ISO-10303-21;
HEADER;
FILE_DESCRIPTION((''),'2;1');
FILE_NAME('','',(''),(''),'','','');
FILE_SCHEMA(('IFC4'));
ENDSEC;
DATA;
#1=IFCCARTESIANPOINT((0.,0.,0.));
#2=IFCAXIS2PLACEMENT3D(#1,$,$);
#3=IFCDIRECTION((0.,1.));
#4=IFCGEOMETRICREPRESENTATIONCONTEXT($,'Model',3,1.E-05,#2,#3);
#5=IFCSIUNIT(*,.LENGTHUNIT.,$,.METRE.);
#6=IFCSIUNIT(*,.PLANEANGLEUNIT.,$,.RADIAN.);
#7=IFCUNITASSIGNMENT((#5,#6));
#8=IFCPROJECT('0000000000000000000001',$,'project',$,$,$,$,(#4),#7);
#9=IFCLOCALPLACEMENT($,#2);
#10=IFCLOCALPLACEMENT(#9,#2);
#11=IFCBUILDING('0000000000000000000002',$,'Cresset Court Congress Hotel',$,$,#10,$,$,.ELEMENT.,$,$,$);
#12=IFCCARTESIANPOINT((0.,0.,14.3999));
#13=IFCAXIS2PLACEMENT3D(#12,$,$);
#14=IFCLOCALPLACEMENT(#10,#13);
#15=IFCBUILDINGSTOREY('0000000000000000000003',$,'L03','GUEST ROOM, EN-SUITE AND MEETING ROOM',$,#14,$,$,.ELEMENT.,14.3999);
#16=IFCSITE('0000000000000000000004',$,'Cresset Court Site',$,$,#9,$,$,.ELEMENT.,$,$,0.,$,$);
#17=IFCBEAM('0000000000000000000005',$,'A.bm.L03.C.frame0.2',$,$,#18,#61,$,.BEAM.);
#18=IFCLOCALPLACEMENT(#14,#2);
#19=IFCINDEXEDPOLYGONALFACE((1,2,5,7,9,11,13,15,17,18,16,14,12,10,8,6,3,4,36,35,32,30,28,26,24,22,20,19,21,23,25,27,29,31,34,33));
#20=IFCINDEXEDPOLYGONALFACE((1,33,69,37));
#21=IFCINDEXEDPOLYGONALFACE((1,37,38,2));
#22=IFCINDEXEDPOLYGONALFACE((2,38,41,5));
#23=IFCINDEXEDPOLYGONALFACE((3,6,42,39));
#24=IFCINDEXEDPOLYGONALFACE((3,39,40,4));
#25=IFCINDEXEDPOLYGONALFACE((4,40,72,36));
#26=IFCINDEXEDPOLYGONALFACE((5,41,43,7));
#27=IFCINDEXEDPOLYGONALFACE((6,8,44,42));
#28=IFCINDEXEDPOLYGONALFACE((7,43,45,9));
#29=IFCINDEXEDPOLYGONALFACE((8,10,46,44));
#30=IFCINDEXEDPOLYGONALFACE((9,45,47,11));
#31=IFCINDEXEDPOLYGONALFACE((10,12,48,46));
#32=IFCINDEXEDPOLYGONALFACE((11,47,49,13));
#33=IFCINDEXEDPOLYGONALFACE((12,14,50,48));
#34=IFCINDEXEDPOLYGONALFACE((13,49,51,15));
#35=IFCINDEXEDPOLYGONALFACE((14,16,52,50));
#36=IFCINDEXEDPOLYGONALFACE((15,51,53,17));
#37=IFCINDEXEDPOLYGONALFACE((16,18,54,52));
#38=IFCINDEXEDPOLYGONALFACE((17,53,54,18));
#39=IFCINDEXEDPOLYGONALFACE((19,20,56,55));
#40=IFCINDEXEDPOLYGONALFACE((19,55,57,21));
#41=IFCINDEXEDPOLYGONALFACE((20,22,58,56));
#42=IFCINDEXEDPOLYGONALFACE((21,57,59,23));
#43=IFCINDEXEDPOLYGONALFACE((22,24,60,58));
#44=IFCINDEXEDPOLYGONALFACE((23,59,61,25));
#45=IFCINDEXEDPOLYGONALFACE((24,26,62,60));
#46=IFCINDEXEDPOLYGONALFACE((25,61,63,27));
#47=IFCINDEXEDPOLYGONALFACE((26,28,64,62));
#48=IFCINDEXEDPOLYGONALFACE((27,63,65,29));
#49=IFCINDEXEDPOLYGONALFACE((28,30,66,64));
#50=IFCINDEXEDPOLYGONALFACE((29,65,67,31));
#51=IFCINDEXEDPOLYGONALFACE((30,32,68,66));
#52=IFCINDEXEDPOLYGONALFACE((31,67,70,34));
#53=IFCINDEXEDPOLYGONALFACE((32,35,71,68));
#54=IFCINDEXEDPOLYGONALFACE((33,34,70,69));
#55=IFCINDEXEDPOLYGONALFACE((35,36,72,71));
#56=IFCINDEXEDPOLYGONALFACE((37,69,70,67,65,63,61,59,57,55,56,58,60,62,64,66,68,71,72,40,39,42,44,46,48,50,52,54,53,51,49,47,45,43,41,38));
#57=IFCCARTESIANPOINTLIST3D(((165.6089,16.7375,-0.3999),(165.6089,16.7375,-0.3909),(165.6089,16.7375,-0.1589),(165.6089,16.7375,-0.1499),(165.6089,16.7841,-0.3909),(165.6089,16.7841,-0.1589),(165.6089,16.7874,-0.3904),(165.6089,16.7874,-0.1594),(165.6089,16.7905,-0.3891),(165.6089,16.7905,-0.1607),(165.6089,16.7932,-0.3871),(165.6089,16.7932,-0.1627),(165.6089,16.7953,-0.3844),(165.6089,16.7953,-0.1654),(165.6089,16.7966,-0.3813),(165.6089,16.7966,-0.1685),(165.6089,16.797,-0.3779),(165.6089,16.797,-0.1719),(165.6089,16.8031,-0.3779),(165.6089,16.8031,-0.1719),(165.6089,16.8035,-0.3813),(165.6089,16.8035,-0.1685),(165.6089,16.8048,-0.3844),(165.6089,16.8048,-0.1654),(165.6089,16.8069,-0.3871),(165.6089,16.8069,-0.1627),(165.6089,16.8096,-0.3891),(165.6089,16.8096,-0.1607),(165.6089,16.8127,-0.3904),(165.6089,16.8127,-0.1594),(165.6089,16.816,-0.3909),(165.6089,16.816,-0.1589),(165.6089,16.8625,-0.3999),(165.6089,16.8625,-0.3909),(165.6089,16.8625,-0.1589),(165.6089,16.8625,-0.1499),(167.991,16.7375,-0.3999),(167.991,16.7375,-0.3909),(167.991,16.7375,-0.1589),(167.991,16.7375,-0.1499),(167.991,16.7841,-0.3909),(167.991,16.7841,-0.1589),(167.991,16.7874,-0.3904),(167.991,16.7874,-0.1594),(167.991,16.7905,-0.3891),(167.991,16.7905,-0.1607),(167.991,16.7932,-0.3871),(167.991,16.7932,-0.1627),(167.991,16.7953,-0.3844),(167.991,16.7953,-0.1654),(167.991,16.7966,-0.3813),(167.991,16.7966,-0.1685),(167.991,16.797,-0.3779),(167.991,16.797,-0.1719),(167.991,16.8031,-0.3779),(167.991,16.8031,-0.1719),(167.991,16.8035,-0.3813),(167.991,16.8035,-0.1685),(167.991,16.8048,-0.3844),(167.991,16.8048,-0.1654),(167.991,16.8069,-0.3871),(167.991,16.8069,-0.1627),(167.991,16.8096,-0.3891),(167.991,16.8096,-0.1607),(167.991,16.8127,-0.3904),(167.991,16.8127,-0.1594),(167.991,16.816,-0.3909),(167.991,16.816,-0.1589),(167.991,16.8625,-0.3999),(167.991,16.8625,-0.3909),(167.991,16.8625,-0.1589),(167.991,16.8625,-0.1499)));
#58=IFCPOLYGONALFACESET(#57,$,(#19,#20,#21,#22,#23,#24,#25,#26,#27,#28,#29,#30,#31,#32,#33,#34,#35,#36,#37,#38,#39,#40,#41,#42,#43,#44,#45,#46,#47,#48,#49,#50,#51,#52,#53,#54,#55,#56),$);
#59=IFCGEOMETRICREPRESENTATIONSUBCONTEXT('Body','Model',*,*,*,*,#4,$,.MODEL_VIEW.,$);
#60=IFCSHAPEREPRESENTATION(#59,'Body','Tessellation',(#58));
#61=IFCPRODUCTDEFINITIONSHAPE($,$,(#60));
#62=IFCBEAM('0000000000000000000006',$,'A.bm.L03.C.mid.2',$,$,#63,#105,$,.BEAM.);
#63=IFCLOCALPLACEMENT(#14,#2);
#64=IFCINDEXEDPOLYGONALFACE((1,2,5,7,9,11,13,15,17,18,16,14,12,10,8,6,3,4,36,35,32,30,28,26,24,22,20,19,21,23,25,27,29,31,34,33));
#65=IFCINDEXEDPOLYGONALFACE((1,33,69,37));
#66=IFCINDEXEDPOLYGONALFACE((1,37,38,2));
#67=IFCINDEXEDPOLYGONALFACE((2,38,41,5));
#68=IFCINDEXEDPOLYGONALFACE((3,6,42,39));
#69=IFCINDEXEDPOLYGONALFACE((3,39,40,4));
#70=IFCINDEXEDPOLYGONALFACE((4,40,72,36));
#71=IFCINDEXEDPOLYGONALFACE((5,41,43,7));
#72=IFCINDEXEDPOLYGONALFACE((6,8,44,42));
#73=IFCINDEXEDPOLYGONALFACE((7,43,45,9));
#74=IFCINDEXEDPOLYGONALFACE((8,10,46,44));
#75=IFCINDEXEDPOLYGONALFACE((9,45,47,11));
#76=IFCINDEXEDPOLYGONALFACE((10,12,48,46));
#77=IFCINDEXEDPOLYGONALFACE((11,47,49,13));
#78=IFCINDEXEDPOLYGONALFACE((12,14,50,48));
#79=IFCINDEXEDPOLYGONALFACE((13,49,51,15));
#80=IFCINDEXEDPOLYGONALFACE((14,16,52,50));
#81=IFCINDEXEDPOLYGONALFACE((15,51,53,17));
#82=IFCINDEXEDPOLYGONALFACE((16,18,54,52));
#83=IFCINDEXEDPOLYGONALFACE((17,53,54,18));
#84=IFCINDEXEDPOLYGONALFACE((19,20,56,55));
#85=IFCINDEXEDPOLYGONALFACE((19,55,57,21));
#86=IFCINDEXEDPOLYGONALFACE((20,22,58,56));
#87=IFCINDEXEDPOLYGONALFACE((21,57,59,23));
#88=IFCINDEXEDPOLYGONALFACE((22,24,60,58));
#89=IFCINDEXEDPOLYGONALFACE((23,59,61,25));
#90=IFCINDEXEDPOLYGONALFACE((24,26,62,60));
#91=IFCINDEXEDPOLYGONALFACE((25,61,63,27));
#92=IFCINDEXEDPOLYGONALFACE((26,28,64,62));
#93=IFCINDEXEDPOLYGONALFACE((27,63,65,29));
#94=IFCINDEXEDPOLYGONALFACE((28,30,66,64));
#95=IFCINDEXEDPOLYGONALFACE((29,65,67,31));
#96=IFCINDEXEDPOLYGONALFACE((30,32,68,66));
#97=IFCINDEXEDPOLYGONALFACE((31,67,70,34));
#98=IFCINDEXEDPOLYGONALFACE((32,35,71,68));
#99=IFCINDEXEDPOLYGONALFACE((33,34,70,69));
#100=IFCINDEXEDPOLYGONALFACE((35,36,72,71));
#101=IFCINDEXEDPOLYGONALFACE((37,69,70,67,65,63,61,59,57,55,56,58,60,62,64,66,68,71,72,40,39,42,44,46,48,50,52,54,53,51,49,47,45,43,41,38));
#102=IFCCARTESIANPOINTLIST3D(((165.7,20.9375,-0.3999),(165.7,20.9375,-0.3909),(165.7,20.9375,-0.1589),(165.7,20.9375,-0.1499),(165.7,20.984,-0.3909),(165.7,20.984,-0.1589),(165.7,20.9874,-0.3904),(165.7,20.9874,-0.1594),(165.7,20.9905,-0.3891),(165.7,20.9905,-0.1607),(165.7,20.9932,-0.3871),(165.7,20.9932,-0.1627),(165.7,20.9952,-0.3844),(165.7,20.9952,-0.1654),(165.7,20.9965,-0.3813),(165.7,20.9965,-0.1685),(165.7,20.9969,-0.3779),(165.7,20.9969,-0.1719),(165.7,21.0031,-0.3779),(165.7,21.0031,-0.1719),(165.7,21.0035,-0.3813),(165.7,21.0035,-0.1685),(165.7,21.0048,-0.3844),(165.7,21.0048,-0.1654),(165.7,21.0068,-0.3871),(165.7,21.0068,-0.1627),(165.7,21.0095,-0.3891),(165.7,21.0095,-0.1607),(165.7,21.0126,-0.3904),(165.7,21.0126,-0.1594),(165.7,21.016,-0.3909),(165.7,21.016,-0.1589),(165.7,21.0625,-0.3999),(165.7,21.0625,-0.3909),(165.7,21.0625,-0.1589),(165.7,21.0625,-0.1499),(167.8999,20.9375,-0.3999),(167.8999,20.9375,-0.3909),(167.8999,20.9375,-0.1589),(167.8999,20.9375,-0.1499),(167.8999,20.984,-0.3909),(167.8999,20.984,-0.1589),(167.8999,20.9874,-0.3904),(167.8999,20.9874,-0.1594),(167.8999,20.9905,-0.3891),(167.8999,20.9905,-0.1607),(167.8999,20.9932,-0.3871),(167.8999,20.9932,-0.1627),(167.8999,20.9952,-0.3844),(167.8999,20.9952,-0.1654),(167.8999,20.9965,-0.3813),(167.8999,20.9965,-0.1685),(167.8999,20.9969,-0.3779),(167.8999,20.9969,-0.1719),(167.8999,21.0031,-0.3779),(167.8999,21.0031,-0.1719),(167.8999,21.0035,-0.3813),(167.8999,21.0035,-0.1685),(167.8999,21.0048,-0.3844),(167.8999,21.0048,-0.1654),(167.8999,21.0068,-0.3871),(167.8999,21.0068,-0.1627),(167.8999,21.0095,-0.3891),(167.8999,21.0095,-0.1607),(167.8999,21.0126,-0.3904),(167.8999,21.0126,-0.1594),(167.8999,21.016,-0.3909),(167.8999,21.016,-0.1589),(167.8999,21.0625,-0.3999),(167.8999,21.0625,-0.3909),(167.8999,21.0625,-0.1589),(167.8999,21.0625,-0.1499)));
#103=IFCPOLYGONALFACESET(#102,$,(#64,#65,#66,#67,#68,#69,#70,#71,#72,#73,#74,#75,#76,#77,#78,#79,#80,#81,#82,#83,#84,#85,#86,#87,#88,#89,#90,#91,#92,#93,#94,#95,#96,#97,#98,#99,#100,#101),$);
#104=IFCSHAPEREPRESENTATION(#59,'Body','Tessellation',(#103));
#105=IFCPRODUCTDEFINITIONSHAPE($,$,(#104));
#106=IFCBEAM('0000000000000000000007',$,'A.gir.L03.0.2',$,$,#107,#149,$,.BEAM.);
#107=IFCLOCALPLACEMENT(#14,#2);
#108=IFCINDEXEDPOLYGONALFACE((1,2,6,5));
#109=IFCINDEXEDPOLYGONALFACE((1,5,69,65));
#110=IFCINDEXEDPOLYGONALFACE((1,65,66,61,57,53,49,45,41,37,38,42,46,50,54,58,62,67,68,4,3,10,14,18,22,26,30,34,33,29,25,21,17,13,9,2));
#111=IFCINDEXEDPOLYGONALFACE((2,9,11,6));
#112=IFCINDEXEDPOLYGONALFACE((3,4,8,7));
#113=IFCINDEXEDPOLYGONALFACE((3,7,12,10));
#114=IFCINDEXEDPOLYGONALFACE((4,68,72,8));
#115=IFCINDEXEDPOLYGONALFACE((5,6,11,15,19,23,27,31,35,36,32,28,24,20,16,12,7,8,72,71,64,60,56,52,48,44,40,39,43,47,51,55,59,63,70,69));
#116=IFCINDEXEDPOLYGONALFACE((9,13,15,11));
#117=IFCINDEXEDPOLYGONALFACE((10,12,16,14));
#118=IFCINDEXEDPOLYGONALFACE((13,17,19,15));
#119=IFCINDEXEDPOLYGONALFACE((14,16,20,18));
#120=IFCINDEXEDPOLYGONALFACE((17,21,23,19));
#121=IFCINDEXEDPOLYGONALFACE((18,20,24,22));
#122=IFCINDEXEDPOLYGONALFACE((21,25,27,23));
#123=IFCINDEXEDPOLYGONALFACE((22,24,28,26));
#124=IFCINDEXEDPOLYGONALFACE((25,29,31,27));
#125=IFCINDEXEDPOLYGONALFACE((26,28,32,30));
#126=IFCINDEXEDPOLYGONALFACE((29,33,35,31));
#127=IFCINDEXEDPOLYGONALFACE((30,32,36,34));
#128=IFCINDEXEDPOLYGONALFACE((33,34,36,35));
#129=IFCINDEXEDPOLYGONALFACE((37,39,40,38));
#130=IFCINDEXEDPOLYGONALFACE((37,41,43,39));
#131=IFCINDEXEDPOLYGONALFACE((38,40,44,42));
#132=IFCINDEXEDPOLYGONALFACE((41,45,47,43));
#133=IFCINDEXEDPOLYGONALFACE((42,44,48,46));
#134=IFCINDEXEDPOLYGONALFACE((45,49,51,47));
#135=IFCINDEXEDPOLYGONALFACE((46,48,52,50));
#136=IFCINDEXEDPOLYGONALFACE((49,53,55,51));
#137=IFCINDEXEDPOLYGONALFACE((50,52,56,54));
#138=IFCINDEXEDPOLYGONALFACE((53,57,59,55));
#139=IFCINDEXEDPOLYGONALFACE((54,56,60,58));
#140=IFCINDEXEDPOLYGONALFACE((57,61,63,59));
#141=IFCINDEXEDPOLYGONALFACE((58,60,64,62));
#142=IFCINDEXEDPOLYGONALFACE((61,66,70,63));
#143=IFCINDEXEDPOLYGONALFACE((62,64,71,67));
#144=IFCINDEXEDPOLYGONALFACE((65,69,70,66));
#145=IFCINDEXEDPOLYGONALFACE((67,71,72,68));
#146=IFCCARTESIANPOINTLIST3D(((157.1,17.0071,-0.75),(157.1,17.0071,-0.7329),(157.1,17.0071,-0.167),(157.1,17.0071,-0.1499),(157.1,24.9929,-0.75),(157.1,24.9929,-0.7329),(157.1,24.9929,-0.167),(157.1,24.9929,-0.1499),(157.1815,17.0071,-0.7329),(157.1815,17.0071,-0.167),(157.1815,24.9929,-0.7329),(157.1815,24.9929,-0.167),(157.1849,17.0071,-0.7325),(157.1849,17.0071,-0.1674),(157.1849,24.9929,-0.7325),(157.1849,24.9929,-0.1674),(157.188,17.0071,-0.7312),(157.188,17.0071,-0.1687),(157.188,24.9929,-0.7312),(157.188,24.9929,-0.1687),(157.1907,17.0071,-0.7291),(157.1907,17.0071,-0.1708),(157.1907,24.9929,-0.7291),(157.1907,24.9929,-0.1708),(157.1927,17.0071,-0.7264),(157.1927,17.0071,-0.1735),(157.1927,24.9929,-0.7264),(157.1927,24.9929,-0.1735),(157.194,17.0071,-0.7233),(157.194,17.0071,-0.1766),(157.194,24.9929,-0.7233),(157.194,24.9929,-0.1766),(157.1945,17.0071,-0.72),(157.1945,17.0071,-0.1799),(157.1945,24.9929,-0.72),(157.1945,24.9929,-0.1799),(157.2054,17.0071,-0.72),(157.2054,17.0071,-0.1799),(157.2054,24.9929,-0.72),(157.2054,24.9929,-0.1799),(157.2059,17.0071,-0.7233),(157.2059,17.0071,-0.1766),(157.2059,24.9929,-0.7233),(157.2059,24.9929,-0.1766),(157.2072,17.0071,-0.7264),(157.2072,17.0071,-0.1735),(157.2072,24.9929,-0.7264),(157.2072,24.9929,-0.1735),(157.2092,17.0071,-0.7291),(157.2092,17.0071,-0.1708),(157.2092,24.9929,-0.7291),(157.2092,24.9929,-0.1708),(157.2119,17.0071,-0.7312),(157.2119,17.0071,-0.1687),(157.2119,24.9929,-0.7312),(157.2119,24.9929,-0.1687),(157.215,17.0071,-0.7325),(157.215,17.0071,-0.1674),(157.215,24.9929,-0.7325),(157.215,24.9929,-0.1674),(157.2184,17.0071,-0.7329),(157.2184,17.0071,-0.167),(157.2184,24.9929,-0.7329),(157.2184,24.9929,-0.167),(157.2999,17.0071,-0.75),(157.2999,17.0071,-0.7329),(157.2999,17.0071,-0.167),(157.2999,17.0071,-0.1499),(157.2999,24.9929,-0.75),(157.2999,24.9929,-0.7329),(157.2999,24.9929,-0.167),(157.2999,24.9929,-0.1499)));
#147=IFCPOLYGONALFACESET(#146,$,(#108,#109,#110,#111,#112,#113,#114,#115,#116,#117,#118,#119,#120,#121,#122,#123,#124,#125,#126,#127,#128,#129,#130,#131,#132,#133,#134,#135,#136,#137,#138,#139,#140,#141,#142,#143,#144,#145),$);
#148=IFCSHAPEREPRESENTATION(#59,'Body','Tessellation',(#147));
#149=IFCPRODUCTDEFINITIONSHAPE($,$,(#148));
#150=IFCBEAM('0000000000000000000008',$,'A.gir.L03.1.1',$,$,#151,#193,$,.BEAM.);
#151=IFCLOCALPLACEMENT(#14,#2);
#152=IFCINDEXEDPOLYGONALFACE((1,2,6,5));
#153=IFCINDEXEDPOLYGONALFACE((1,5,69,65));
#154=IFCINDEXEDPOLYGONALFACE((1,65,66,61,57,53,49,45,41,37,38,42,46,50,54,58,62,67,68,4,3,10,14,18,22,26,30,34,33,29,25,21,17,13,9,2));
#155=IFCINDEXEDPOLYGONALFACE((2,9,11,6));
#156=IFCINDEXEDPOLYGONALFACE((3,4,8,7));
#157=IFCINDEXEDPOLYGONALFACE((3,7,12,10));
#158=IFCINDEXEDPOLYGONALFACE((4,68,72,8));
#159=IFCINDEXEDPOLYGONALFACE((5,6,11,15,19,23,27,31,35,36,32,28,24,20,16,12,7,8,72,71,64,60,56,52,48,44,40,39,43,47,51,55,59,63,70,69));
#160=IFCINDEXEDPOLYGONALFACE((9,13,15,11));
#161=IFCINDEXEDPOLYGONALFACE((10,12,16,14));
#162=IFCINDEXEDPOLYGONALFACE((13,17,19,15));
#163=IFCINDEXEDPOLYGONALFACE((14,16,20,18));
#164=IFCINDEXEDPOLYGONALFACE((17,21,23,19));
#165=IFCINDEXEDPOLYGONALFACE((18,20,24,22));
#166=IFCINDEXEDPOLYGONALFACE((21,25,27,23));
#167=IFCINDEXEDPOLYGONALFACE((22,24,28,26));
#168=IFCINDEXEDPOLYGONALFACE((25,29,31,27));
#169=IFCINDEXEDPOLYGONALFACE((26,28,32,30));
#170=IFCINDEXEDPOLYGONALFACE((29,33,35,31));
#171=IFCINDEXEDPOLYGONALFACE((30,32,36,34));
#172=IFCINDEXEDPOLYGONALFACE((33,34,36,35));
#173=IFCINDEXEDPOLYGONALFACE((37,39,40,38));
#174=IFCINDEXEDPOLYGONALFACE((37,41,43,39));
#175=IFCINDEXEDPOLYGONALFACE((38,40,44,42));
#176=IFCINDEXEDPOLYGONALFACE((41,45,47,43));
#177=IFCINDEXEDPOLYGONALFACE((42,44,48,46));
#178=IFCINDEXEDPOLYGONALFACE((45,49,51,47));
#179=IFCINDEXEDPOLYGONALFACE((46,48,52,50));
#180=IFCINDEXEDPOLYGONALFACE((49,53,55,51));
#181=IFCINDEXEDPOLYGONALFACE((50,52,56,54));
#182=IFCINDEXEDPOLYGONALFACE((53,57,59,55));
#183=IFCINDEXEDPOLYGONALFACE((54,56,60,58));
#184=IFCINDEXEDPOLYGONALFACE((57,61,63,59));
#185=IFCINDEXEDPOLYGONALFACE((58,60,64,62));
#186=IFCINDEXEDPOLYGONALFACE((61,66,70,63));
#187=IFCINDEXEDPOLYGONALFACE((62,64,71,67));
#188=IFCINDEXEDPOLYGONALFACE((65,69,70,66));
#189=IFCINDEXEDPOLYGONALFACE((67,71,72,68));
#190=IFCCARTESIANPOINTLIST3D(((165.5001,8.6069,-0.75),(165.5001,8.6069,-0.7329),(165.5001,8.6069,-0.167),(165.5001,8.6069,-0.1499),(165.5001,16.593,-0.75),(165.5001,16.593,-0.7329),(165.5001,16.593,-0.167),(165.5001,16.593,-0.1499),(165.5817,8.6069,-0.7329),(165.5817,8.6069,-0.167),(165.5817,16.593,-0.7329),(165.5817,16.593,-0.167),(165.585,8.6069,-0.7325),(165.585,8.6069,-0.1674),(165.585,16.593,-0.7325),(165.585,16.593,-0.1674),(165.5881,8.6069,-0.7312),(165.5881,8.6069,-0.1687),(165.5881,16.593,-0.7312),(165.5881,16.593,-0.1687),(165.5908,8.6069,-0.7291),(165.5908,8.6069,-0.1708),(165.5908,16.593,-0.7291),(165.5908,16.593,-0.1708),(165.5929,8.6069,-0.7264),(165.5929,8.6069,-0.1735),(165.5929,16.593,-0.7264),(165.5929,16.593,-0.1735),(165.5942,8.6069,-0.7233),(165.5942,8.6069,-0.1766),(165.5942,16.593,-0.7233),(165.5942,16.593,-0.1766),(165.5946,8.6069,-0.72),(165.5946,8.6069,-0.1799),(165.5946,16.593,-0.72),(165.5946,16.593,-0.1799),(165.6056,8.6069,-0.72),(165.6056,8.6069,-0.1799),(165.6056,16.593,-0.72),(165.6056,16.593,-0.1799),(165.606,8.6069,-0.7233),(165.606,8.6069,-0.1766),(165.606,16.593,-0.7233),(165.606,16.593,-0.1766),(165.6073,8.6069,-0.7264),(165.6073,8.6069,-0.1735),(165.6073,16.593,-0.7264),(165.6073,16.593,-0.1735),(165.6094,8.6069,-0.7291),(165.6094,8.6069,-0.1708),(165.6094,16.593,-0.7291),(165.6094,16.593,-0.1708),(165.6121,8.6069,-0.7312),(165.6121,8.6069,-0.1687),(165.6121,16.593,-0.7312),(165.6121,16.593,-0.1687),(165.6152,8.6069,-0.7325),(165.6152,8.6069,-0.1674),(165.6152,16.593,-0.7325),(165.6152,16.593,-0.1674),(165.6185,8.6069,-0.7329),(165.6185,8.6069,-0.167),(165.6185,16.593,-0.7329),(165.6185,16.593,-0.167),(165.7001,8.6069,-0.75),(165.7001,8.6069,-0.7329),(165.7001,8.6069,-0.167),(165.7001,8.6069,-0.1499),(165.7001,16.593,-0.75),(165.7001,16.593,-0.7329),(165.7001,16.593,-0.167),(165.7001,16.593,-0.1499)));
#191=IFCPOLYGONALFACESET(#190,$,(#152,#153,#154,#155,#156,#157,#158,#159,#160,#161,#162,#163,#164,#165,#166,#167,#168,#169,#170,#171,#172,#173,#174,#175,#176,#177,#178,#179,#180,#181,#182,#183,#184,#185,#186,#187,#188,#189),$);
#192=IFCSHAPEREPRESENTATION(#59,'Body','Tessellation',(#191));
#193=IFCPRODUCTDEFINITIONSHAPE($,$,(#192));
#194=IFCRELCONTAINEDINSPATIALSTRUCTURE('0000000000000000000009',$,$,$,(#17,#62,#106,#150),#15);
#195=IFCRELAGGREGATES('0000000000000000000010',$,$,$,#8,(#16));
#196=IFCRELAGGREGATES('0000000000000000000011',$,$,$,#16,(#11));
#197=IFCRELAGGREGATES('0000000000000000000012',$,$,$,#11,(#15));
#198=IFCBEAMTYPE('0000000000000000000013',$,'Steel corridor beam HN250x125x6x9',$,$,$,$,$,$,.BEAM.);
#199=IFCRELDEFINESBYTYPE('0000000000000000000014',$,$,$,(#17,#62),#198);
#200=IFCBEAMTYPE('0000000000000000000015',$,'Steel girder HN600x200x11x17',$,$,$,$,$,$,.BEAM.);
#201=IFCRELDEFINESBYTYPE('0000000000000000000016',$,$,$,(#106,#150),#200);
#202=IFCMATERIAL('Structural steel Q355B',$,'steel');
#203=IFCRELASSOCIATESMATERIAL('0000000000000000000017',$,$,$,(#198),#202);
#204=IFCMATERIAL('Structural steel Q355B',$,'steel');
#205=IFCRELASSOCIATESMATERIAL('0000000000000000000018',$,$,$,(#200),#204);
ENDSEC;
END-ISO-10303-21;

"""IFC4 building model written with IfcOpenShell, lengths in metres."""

from ifc_helpers import new_model, si_unit, direction, frame, origin, origin_2d, place, context, subcontext, project, spatial, i_section, extrude, material, material_profile, profile_set, type_object, element, save


model = new_model("IFC4")

# Units and contexts
model_context = context("Model", 3, precision=1e-05, world=origin(), true_north=direction((0.0, 1.0)))
body_context = subcontext(model_context, "Body", "Model", "MODEL_VIEW")
ifc_project = project(units=[si_unit("LENGTHUNIT", "METRE"), si_unit("PLANEANGLEUNIT", "RADIAN")], contexts=[model_context])

# Site, building, storey
site_placement = place(None, origin())
site = spatial("IfcSite", under=ifc_project, at=site_placement, Name="Cresset Court Site", CompositionType="ELEMENT", RefElevation=0.0)
building_placement = place(site_placement, origin())
building = spatial("IfcBuilding", under=site, at=building_placement, Name="Cresset Court Congress Hotel", CompositionType="ELEMENT")
storey_placement = place(building_placement, frame((0.0, 0.0, 14.3999)))
storey = spatial("IfcBuildingStorey", under=building, at=storey_placement, Name="L03", Description="GUEST ROOM, EN-SUITE AND MEETING ROOM", CompositionType="ELEMENT", Elevation=14.3999)

# Beams
ifc_material_1 = material(Name="Structural steel Q355B", Category="steel")
ifc_material_profile_1 = material_profile(ifc_material_1, i_section(OverallWidth=0.125, OverallDepth=0.25, WebThickness=0.0061, FlangeThickness=0.009, FilletRadius=0.0129, at=origin_2d()), Name="HN250x125x6x9")
ifc_profile_set_1 = profile_set([ifc_material_profile_1], Name="Structural steel Q355B")
beam_type_1 = type_object("IfcBeamType", Name="Steel corridor beam HN250x125x6x9", PredefinedType="BEAM", material=ifc_profile_set_1)
beam_1_placement = place(storey_placement, frame((165.6089, 16.8, -0.2749), z_axis=(1.0, 0.0, 0.0), x_axis=(0.0, 1.0, 0.0)))
element("IfcBeam", 1, at=beam_1_placement, inside=storey, type_object=beam_type_1, Name="A.bm.L03.C.frame0.2", PredefinedType="BEAM", context=body_context, shape_type="SweptSolid", body=[
    extrude(i_section(OverallWidth=0.125, OverallDepth=0.25, WebThickness=0.0061, FlangeThickness=0.009, FilletRadius=0.0129, at=origin_2d()), origin(), (0.0, 0.0, 1.0), 2.3821),
])
beam_2_placement = place(storey_placement, frame((165.7, 21.0, -0.2749), z_axis=(1.0, 0.0, 0.0), x_axis=(0.0, 1.0, 0.0)))
element("IfcBeam", 2, at=beam_2_placement, inside=storey, type_object=beam_type_1, Name="A.bm.L03.C.mid.2", PredefinedType="BEAM", context=body_context, shape_type="SweptSolid", body=[
    extrude(i_section(OverallWidth=0.125, OverallDepth=0.25, WebThickness=0.0061, FlangeThickness=0.009, FilletRadius=0.0129, at=origin_2d()), origin(), (0.0, 0.0, 1.0), 2.2),
])
ifc_material_2 = material(Name="Structural steel Q355B", Category="steel")
ifc_material_profile_2 = material_profile(ifc_material_2, i_section(OverallWidth=0.2, OverallDepth=0.6001, WebThickness=0.011, FlangeThickness=0.0171, FilletRadius=0.0129, at=origin_2d()), Name="HN600x200x11x17")
ifc_profile_set_2 = profile_set([ifc_material_profile_2], Name="Structural steel Q355B")
beam_type_2 = type_object("IfcBeamType", Name="Steel girder HN600x200x11x17", PredefinedType="BEAM", material=ifc_profile_set_2)
beam_3_placement = place(storey_placement, frame((157.2, 17.0071, -0.45), z_axis=(0.0, 1.0, 0.0), x_axis=(-1.0, 0.0, 0.0)))
element("IfcBeam", 3, at=beam_3_placement, inside=storey, type_object=beam_type_2, Name="A.gir.L03.0.2", PredefinedType="BEAM", context=body_context, shape_type="SweptSolid", body=[
    extrude(i_section(OverallWidth=0.2, OverallDepth=0.6001, WebThickness=0.011, FlangeThickness=0.0171, FilletRadius=0.0129, at=origin_2d()), origin(), (0.0, 0.0, 1.0), 7.9858),
])
beam_4_placement = place(storey_placement, frame((165.6001, 8.6069, -0.45), z_axis=(0.0, 1.0, 0.0), x_axis=(-1.0, 0.0, 0.0)))
element("IfcBeam", 4, at=beam_4_placement, inside=storey, type_object=beam_type_2, Name="A.gir.L03.1.1", PredefinedType="BEAM", context=body_context, shape_type="SweptSolid", body=[
    extrude(i_section(OverallWidth=0.2, OverallDepth=0.6001, WebThickness=0.011, FlangeThickness=0.0171, FilletRadius=0.0129, at=origin_2d()), origin(), (0.0, 0.0, 1.0), 7.9861),
])

save(model, "model.ifc")
